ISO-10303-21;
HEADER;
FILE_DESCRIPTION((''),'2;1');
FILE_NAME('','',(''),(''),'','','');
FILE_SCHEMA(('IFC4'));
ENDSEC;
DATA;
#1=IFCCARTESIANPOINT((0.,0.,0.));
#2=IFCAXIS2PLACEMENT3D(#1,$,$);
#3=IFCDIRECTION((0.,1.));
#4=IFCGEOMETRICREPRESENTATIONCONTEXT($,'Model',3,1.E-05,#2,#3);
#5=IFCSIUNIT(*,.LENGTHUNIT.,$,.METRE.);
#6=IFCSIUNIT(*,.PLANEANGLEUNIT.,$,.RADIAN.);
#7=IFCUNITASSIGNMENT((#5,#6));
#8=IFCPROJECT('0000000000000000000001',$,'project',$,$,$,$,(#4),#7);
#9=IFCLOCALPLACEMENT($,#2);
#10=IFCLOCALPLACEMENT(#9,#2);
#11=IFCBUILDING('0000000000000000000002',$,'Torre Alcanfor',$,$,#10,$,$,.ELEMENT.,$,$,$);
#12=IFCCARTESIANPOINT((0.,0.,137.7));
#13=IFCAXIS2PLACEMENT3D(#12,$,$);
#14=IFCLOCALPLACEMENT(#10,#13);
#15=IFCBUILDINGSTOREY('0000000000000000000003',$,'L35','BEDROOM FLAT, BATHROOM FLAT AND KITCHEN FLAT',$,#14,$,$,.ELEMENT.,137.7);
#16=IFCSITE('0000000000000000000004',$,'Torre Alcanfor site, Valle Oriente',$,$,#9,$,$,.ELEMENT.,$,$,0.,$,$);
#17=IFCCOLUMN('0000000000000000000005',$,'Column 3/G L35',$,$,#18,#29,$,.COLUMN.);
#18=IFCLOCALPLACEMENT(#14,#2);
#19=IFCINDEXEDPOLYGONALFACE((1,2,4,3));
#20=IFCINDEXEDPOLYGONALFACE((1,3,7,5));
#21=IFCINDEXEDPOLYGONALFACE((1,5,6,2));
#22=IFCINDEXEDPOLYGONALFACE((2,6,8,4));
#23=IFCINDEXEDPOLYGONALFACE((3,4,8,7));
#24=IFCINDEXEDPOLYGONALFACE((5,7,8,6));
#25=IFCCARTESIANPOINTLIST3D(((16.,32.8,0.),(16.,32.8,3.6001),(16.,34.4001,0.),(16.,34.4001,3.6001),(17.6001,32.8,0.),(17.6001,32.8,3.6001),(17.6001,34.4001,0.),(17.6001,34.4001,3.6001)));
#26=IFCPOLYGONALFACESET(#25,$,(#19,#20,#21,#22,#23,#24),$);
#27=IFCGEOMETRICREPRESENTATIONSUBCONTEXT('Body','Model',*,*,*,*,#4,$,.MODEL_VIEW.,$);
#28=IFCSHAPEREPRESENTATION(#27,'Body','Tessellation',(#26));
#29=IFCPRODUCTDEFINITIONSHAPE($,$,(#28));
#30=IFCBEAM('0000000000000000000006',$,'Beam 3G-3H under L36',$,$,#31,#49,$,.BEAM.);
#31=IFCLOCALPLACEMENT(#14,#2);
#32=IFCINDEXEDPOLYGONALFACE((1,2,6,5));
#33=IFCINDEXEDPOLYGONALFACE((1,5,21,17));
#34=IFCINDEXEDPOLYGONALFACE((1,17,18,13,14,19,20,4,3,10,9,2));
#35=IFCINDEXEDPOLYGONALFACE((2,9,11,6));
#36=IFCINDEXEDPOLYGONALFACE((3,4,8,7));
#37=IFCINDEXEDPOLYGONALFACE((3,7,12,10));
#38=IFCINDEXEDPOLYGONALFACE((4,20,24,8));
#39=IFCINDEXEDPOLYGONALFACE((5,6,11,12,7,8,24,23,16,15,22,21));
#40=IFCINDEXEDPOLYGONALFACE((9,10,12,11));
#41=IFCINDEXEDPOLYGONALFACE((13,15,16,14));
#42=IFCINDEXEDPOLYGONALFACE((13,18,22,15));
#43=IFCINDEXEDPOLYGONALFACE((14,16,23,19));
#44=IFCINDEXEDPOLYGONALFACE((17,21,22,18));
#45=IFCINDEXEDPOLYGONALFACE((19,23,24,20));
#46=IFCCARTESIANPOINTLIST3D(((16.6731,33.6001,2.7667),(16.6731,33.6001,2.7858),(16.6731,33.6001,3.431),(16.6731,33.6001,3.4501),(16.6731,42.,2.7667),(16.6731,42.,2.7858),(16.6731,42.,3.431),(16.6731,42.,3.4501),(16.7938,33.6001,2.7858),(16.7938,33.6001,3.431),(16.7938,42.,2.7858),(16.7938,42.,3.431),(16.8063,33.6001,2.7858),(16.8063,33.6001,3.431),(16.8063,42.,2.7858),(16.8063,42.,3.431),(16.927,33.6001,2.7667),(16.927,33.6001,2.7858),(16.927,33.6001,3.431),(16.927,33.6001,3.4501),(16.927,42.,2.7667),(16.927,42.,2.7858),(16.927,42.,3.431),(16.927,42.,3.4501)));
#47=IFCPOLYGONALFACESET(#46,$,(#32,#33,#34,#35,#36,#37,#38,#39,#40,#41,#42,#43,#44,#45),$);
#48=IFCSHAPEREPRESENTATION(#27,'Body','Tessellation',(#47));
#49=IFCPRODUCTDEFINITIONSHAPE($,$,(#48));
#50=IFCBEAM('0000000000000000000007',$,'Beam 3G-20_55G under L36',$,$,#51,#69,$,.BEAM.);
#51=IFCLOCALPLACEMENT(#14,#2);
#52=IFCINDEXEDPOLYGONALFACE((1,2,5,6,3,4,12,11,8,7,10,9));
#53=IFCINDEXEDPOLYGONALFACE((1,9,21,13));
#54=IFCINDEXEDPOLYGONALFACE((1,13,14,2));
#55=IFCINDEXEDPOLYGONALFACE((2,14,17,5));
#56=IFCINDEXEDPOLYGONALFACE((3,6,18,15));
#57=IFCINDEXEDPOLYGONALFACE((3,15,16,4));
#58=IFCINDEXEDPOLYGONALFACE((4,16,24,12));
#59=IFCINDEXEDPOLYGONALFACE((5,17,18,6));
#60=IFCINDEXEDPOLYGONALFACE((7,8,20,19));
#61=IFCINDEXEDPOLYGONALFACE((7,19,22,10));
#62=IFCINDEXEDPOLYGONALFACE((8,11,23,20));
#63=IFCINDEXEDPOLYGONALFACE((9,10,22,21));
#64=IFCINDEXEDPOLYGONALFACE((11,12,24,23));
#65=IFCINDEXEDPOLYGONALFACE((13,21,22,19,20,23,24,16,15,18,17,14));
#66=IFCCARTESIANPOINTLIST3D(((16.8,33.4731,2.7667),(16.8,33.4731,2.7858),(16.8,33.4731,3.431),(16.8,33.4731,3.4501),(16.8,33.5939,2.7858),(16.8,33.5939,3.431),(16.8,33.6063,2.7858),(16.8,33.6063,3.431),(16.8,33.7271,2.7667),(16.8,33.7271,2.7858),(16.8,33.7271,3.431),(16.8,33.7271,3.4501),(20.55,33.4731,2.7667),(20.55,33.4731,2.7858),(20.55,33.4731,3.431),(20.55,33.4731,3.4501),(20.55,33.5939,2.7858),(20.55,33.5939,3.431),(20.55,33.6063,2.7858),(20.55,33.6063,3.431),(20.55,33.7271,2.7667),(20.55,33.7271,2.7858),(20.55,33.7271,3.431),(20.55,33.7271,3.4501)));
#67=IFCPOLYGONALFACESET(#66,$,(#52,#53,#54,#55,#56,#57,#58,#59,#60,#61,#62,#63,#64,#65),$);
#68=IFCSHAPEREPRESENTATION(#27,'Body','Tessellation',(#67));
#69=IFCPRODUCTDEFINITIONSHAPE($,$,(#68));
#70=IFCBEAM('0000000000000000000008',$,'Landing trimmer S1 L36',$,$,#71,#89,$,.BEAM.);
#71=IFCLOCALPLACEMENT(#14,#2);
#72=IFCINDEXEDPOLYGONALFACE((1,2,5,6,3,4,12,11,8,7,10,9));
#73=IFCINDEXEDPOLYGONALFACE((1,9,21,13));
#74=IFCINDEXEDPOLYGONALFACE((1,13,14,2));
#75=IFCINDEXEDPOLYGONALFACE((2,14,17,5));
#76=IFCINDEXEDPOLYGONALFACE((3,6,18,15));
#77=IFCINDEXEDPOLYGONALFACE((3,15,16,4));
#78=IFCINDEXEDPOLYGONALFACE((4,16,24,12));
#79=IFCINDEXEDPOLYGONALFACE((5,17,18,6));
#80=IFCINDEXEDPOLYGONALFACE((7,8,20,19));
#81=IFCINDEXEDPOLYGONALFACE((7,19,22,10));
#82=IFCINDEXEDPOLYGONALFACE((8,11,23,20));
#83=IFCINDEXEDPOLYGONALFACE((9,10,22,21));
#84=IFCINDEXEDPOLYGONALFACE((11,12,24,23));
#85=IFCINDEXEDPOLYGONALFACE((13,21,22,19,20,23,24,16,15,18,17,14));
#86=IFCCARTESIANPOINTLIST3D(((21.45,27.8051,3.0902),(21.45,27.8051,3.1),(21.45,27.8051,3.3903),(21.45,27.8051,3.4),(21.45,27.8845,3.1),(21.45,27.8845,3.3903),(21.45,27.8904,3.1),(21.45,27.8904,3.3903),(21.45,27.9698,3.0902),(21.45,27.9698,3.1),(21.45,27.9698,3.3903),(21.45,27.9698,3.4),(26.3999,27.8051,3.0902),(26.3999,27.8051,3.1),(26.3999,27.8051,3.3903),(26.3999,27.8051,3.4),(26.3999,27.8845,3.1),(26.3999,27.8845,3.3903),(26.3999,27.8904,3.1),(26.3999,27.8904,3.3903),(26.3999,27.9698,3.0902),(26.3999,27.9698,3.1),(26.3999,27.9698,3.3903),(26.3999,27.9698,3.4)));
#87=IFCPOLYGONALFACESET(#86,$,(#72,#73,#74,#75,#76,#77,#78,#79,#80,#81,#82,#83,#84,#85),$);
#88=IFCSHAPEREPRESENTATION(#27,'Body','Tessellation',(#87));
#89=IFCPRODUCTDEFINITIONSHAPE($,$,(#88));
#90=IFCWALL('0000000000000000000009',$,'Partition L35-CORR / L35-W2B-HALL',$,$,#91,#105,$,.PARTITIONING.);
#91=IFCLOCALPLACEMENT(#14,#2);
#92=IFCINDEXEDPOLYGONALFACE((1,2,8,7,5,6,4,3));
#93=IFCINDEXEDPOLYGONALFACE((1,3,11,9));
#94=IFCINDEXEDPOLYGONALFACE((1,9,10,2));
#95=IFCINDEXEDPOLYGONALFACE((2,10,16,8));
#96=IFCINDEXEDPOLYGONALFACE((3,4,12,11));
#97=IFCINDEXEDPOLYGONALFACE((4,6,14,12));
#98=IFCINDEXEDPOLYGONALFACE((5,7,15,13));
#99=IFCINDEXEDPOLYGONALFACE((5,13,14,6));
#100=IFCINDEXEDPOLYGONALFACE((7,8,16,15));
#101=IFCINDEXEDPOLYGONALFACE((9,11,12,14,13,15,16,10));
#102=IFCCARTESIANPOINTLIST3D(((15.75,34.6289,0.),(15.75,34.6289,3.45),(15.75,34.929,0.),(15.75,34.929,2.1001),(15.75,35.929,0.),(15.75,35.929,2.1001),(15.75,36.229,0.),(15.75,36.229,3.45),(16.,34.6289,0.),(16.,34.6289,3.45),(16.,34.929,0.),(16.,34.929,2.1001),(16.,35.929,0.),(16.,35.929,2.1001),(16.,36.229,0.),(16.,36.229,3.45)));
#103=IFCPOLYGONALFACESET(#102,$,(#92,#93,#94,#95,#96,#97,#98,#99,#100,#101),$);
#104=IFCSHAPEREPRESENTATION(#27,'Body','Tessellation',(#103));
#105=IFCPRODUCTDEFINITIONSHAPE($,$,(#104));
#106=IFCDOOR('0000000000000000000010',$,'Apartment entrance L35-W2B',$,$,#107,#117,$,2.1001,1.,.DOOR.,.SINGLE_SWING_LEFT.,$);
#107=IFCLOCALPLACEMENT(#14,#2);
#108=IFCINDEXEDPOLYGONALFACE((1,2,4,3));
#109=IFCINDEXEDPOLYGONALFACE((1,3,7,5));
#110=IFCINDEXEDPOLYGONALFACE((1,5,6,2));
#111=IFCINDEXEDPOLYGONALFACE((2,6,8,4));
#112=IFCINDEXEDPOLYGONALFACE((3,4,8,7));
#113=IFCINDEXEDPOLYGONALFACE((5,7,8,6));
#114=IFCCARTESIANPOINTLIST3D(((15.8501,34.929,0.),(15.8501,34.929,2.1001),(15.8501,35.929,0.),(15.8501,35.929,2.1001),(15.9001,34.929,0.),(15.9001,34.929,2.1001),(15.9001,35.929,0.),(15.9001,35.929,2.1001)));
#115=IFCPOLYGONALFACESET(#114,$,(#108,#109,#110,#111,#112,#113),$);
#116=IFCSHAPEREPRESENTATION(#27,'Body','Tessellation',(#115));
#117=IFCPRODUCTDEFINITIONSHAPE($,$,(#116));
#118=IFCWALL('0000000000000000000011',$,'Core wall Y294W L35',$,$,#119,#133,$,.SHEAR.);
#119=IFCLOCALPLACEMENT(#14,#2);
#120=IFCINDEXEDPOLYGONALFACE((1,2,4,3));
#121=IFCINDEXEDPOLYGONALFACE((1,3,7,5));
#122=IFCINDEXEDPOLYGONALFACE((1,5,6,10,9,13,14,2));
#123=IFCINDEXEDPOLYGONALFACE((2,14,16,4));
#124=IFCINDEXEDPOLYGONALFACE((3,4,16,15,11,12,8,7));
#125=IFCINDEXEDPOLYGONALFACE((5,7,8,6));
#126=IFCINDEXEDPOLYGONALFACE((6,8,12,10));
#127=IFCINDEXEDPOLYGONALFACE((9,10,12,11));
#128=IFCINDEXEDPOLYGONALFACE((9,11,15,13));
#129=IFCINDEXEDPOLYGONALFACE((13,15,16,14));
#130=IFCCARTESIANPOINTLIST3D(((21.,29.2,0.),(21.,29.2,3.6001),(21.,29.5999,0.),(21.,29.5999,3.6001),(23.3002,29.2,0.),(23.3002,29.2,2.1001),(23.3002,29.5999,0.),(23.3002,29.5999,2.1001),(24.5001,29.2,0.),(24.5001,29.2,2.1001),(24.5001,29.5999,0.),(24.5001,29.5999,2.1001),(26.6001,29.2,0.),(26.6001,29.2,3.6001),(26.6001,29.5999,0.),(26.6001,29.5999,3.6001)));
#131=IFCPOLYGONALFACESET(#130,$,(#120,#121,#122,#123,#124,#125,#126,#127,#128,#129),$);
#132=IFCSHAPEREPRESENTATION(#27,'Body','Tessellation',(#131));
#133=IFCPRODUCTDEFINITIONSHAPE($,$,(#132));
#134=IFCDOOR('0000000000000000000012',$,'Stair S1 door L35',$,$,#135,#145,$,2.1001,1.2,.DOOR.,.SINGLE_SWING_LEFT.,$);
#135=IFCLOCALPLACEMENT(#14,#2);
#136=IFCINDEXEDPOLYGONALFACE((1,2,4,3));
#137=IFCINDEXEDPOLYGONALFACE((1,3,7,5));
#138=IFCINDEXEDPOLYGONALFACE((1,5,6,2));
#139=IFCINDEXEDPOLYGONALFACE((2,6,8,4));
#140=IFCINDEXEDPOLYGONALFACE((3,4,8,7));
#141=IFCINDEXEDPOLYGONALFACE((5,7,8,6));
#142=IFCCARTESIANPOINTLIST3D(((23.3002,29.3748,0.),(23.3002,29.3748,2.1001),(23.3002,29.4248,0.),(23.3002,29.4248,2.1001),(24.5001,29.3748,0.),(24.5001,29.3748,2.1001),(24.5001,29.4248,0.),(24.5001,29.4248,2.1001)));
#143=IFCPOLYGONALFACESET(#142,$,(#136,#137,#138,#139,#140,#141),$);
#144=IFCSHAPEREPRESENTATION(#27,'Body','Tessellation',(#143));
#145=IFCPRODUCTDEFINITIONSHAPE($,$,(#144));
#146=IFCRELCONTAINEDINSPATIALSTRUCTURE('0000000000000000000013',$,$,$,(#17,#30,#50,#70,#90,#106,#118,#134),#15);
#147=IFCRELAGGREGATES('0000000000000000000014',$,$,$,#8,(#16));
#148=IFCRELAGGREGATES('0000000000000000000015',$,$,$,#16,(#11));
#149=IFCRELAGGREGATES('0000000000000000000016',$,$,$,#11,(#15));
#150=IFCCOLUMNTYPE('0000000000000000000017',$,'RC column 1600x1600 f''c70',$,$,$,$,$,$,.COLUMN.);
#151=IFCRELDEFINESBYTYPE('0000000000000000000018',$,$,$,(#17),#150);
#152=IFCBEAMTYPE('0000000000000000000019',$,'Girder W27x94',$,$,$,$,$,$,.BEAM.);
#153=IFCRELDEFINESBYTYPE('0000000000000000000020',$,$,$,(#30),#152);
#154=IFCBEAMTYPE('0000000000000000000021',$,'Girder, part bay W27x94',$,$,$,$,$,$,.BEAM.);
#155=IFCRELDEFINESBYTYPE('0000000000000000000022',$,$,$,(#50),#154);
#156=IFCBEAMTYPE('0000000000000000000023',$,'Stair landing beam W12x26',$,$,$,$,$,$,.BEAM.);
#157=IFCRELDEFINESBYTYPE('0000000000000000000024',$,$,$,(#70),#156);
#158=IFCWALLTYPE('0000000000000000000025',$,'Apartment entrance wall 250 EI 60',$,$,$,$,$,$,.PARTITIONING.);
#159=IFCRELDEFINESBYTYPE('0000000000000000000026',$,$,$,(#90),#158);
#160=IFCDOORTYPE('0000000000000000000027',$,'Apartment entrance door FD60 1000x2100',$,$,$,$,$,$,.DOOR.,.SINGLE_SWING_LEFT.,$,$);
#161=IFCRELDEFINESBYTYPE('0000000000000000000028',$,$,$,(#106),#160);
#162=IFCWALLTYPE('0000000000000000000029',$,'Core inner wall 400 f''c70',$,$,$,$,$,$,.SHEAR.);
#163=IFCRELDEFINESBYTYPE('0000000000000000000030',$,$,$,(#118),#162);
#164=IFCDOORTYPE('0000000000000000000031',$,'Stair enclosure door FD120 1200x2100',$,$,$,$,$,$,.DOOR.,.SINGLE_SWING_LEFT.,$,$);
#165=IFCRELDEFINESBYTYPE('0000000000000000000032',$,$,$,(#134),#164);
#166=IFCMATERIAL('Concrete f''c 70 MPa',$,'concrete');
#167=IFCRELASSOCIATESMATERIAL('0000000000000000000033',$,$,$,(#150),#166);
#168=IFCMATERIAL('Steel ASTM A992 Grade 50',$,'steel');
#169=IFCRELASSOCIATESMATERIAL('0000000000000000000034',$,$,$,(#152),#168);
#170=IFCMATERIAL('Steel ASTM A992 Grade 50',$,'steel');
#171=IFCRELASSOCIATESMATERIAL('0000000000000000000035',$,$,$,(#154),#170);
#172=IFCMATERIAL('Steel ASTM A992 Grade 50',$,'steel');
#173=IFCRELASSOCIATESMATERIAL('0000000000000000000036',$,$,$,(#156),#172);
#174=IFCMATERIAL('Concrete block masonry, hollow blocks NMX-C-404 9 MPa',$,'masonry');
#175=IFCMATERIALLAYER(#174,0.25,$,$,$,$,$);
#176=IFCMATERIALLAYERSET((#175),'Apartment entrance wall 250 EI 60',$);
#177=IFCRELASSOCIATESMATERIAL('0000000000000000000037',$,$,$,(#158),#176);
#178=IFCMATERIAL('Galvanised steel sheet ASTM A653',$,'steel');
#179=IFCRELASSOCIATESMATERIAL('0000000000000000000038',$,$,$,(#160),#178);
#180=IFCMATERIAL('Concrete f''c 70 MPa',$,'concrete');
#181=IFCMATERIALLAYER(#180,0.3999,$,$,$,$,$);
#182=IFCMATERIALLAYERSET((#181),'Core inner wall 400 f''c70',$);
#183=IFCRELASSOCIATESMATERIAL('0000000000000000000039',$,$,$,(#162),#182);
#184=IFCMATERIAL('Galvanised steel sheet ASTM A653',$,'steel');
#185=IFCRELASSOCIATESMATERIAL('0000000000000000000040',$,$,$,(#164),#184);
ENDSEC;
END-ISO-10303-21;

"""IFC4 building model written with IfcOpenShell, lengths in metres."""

from ifc_helpers import new_model, si_unit, direction, frame, frame_2d, origin, origin_2d, place, context, subcontext, project, spatial, rectangle, i_section, extrude, material, layer, layer_set, material_profile, profile_set, type_object, element, fill, save


model = new_model("IFC4")

# Units and contexts
model_context = context("Model", 3, precision=1e-05, world=origin(), true_north=direction((0.0, 1.0)))
body_context = subcontext(model_context, "Body", "Model", "MODEL_VIEW")
ifc_project = project(units=[si_unit("LENGTHUNIT", "METRE"), si_unit("PLANEANGLEUNIT", "RADIAN")], contexts=[model_context])

# Site, building, storey
site_placement = place(None, origin())
site = spatial("IfcSite", under=ifc_project, at=site_placement, Name="Torre Alcanfor site, Valle Oriente", CompositionType="ELEMENT", RefElevation=0.0)
building_placement = place(site_placement, origin())
building = spatial("IfcBuilding", under=site, at=building_placement, Name="Torre Alcanfor", CompositionType="ELEMENT")
storey_placement = place(building_placement, frame((0.0, 0.0, 137.7)))
storey = spatial("IfcBuildingStorey", under=building, at=storey_placement, Name="L35", Description="BEDROOM FLAT, BATHROOM FLAT AND KITCHEN FLAT", CompositionType="ELEMENT", Elevation=137.7)

# Column
ifc_material_1 = material(Name="Concrete f'c 70 MPa", Category="concrete")
ifc_material_profile_1 = material_profile(ifc_material_1, rectangle(XDim=1.6001, YDim=1.6001, at=origin_2d()), Name="1600x1600")
ifc_profile_set_1 = profile_set([ifc_material_profile_1], Name="Concrete f'c 70 MPa")
column_type = type_object("IfcColumnType", Name="RC column 1600x1600 f'c70", PredefinedType="COLUMN", material=ifc_profile_set_1)
column_placement = place(storey_placement, frame((16.8, 33.6001, 0.0), z_axis=(0.0, 0.0, 1.0), x_axis=(1.0, 0.0, 0.0)))
element("IfcColumn", 1, at=column_placement, inside=storey, type_object=column_type, Name="Column 3/G L35", PredefinedType="COLUMN", context=body_context, shape_type="SweptSolid", body=[
    extrude(rectangle(XDim=1.6001, YDim=1.6001, at=origin_2d()), origin(), (0.0, 0.0, 1.0), 3.6001),
])

# Beams
ifc_material_2 = material(Name="Steel ASTM A992 Grade 50", Category="steel")
ifc_material_profile_2 = material_profile(ifc_material_2, i_section(OverallWidth=0.2539, OverallDepth=0.6833, WebThickness=0.0125, FlangeThickness=0.019, at=origin_2d()), Name="W27x94")
ifc_profile_set_2 = profile_set([ifc_material_profile_2], Name="Steel ASTM A992 Grade 50")
beam_type_1 = type_object("IfcBeamType", Name="Girder W27x94", PredefinedType="BEAM", material=ifc_profile_set_2)
beam_1_placement = place(storey_placement, frame((16.8, 33.6001, 3.1084), z_axis=(0.0, 1.0, 0.0), x_axis=(-1.0, 0.0, 0.0)))
element("IfcBeam", 2, at=beam_1_placement, inside=storey, type_object=beam_type_1, Name="Beam 3G-3H under L36", PredefinedType="BEAM", context=body_context, shape_type="SweptSolid", body=[
    extrude(i_section(OverallWidth=0.2539, OverallDepth=0.6833, WebThickness=0.0125, FlangeThickness=0.019, at=origin_2d()), origin(), (0.0, 0.0, 1.0), 8.3999),
])
ifc_material_3 = material(Name="Steel ASTM A992 Grade 50", Category="steel")
ifc_material_profile_3 = material_profile(ifc_material_3, i_section(OverallWidth=0.2539, OverallDepth=0.6833, WebThickness=0.0125, FlangeThickness=0.019, at=origin_2d()), Name="W27x94")
ifc_profile_set_3 = profile_set([ifc_material_profile_3], Name="Steel ASTM A992 Grade 50")
beam_type_2 = type_object("IfcBeamType", Name="Girder, part bay W27x94", PredefinedType="BEAM", material=ifc_profile_set_3)
beam_2_placement = place(storey_placement, frame((16.8, 33.6001, 3.1084), z_axis=(1.0, 0.0, 0.0), x_axis=(0.0, 1.0, 0.0)))
element("IfcBeam", 3, at=beam_2_placement, inside=storey, type_object=beam_type_2, Name="Beam 3G-20_55G under L36", PredefinedType="BEAM", context=body_context, shape_type="SweptSolid", body=[
    extrude(i_section(OverallWidth=0.2539, OverallDepth=0.6833, WebThickness=0.0125, FlangeThickness=0.019, at=origin_2d()), origin(), (0.0, 0.0, 1.0), 3.75),
])
ifc_material_4 = material(Name="Steel ASTM A992 Grade 50", Category="steel")
ifc_material_profile_4 = material_profile(ifc_material_4, i_section(OverallWidth=0.1648, OverallDepth=0.3098, WebThickness=0.0059, FlangeThickness=0.0098, at=origin_2d()), Name="W12x26")
ifc_profile_set_4 = profile_set([ifc_material_profile_4], Name="Steel ASTM A992 Grade 50")
beam_type_3 = type_object("IfcBeamType", Name="Stair landing beam W12x26", PredefinedType="BEAM", material=ifc_profile_set_4)
beam_3_placement = place(storey_placement, frame((21.45, 27.8875, 3.2451), z_axis=(1.0, 0.0, 0.0), x_axis=(0.0, 1.0, 0.0)))
element("IfcBeam", 4, at=beam_3_placement, inside=storey, type_object=beam_type_3, Name="Landing trimmer S1 L36", PredefinedType="BEAM", context=body_context, shape_type="SweptSolid", body=[
    extrude(i_section(OverallWidth=0.1648, OverallDepth=0.3098, WebThickness=0.0059, FlangeThickness=0.0098, at=origin_2d()), origin(), (0.0, 0.0, 1.0), 4.95),
])

# Walls, openings, doors
ifc_material_5 = material(Name="Concrete block masonry, hollow blocks NMX-C-404 9 MPa", Category="masonry")
ifc_layer_1 = layer(ifc_material_5, 0.25)
ifc_layer_set_1 = layer_set([ifc_layer_1], Name="Apartment entrance wall 250 EI 60")
wall_type_1 = type_object("IfcWallType", Name="Apartment entrance wall 250 EI 60", PredefinedType="PARTITIONING", material=ifc_layer_set_1)
wall_1_placement = place(storey_placement, frame((15.875, 34.6289, 0.0), z_axis=(0.0, 0.0, 1.0), x_axis=(0.0, 1.0, 0.0)))
wall_1 = element("IfcWall", 5, at=wall_1_placement, inside=storey, type_object=wall_type_1, Name="Partition L35-CORR / L35-W2B-HALL", PredefinedType="PARTITIONING", context=body_context, shape_type="SweptSolid", body=[
    extrude(rectangle(XDim=1.6001, YDim=0.25, at=frame_2d((0.8, 0.0))), origin(), (0.0, 0.0, 1.0), 3.45),
])
opening_1_placement = place(wall_1_placement, frame((0.3, 0.0, 0.0)))
opening_1 = element("IfcOpeningElement", 6, at=opening_1_placement, cuts=wall_1, PredefinedType="OPENING", context=body_context, shape_type="SweptSolid", body=[
    extrude(rectangle(XDim=1.0, YDim=2.1001, at=frame_2d((0.5, 1.05))), frame((0.0, 0.135, 0.0), z_axis=(0.0, -1.0, 0.0), x_axis=(1.0, 0.0, 0.0)), (0.0, 0.0, 1.0), 0.27),
])
ifc_material_6 = material(Name="Galvanised steel sheet ASTM A653", Category="steel")
door_type_1 = type_object("IfcDoorType", Name="Apartment entrance door FD60 1000x2100", OperationType="SINGLE_SWING_LEFT", PredefinedType="DOOR", material=ifc_material_6)
door_1_placement = place(opening_1_placement, origin())
door_1 = element("IfcDoor", 7, at=door_1_placement, inside=storey, type_object=door_type_1, Name="Apartment entrance L35-W2B", OperationType="SINGLE_SWING_LEFT", OverallHeight=2.1001, OverallWidth=1.0, PredefinedType="DOOR", context=body_context, shape_type="SweptSolid", body=[
    extrude(rectangle(XDim=1.0, YDim=2.1001, at=frame_2d((0.5, 1.05))), frame((0.0, 0.0249, 0.0), z_axis=(0.0, -1.0, 0.0), x_axis=(1.0, 0.0, 0.0)), (0.0, 0.0, 1.0), 0.05),
])
fill(opening_1, door_1)
ifc_material_7 = material(Name="Concrete f'c 70 MPa", Category="concrete")
ifc_layer_2 = layer(ifc_material_7, 0.3999)
ifc_layer_set_2 = layer_set([ifc_layer_2], Name="Core inner wall 400 f'c70")
wall_type_2 = type_object("IfcWallType", Name="Core inner wall 400 f'c70", PredefinedType="SHEAR", material=ifc_layer_set_2)
wall_2_placement = place(storey_placement, frame((21.0, 29.3999, 0.0), z_axis=(0.0, 0.0, 1.0), x_axis=(1.0, 0.0, 0.0)))
wall_2 = element("IfcWall", 8, at=wall_2_placement, inside=storey, type_object=wall_type_2, Name="Core wall Y294W L35", PredefinedType="SHEAR", context=body_context, shape_type="SweptSolid", body=[
    extrude(rectangle(XDim=5.6001, YDim=0.3999, at=frame_2d((2.8, 0.0))), origin(), (0.0, 0.0, 1.0), 3.6001),
])
opening_2_placement = place(wall_2_placement, frame((2.3, 0.0, 0.0)))
opening_2 = element("IfcOpeningElement", 9, at=opening_2_placement, cuts=wall_2, PredefinedType="OPENING", context=body_context, shape_type="SweptSolid", body=[
    extrude(rectangle(XDim=1.2, YDim=2.1001, at=frame_2d((0.6001, 1.05))), frame((0.0, 0.21, 0.0), z_axis=(0.0, -1.0, 0.0), x_axis=(1.0, 0.0, 0.0)), (0.0, 0.0, 1.0), 0.4199),
])
ifc_material_8 = material(Name="Galvanised steel sheet ASTM A653", Category="steel")
door_type_2 = type_object("IfcDoorType", Name="Stair enclosure door FD120 1200x2100", OperationType="SINGLE_SWING_LEFT", PredefinedType="DOOR", material=ifc_material_8)
door_2_placement = place(opening_2_placement, frame((1.2, 0.0, 0.0), z_axis=(0.0, 0.0, 1.0), x_axis=(-1.0, 0.0, 0.0)))
door_2 = element("IfcDoor", 10, at=door_2_placement, inside=storey, type_object=door_type_2, Name="Stair S1 door L35", OperationType="SINGLE_SWING_LEFT", OverallHeight=2.1001, OverallWidth=1.2, PredefinedType="DOOR", context=body_context, shape_type="SweptSolid", body=[
    extrude(rectangle(XDim=1.2, YDim=2.1001, at=frame_2d((0.5999, 1.05))), frame((0.0, 0.0251, 0.0), z_axis=(0.0, -1.0, 0.0), x_axis=(1.0, 0.0, 0.0)), (0.0, 0.0, 1.0), 0.05),
])
fill(opening_2, door_2)

save(model, "model.ifc")
